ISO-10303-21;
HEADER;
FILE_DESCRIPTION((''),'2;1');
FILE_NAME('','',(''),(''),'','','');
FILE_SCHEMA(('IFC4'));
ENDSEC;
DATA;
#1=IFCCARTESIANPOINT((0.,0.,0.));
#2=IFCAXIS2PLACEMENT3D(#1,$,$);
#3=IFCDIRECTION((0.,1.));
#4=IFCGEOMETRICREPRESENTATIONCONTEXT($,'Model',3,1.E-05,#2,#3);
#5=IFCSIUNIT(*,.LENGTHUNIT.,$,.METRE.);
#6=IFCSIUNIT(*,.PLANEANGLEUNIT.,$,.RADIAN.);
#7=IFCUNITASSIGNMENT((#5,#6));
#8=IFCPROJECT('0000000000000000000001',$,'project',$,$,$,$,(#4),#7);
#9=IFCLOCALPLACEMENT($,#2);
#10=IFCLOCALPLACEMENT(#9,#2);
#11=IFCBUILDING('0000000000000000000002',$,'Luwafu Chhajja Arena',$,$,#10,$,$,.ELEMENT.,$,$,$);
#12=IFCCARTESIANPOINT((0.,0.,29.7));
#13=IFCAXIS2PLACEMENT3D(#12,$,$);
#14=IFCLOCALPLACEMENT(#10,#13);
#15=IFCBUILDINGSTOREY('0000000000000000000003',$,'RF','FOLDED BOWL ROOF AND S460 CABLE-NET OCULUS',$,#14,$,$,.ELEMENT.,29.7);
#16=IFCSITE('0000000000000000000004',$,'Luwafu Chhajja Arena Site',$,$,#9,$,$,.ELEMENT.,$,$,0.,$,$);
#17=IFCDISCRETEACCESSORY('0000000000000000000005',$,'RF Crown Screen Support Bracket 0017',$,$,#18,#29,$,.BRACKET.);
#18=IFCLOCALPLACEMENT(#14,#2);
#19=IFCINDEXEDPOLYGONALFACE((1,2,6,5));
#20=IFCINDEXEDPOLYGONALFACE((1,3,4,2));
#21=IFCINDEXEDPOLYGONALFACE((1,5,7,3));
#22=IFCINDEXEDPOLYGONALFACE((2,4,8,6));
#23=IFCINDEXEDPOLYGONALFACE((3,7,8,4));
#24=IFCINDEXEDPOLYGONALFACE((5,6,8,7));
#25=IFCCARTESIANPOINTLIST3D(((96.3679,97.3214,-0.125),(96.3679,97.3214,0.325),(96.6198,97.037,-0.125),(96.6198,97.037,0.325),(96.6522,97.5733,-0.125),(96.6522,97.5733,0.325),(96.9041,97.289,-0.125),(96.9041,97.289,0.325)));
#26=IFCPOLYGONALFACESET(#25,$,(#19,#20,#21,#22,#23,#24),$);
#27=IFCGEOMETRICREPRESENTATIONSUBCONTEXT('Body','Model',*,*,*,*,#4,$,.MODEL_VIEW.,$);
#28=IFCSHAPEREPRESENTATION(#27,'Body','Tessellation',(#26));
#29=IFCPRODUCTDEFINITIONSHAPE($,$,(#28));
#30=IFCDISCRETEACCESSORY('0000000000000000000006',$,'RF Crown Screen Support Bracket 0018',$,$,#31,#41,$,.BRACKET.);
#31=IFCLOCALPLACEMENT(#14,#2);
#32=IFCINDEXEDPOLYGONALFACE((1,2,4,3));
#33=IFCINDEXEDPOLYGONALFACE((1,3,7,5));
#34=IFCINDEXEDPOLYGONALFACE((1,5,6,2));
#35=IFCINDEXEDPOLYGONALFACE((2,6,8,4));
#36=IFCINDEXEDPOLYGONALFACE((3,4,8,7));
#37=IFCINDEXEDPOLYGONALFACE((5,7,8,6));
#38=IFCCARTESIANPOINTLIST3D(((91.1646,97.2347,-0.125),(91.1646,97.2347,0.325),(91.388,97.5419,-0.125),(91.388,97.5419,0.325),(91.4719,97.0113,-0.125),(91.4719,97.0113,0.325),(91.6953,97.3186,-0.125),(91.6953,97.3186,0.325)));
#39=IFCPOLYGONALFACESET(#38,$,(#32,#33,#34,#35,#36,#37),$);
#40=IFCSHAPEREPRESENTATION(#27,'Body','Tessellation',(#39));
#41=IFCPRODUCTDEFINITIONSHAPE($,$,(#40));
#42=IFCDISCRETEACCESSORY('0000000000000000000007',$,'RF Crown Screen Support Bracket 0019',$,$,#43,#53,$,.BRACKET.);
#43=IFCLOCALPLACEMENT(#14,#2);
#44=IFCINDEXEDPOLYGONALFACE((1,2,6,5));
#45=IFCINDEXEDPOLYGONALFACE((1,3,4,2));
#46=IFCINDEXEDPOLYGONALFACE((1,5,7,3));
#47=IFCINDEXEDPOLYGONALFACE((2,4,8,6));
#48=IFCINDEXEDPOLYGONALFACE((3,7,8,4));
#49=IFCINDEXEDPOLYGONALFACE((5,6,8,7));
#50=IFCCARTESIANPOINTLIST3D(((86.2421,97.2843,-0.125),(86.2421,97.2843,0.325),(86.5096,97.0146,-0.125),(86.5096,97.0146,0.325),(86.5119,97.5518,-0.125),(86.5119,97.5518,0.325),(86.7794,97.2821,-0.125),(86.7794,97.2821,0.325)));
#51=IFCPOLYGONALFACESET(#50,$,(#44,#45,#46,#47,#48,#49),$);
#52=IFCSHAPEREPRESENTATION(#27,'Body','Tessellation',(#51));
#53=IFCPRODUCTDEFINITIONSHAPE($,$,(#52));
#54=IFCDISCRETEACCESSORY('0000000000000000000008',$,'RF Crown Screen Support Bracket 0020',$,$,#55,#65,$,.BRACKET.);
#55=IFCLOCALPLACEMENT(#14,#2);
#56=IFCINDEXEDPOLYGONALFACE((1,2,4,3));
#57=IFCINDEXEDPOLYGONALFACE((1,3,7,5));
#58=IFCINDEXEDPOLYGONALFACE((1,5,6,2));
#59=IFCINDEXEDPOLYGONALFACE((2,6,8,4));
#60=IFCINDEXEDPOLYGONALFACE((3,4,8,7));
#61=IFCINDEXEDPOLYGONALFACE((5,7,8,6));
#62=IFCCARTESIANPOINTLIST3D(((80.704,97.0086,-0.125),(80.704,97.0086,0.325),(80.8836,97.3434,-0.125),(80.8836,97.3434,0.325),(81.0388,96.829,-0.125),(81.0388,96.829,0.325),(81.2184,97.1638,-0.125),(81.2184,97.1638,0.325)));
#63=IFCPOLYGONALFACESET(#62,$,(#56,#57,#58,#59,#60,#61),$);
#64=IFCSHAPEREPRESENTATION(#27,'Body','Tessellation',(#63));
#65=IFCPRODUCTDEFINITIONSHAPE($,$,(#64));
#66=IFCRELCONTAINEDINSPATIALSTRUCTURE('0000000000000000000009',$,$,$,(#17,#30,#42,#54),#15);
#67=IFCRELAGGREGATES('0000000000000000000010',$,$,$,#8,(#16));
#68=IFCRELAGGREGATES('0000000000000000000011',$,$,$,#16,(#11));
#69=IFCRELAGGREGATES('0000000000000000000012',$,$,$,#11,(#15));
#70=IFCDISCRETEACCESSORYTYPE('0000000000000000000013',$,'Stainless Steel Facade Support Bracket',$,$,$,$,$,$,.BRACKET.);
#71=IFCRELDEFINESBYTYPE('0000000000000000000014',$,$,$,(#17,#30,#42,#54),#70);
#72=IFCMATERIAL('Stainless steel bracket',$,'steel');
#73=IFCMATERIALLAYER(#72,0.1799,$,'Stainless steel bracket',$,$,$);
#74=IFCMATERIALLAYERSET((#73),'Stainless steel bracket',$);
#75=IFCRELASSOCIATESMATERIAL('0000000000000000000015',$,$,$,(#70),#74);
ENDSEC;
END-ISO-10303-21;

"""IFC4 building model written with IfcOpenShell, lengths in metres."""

from ifc_helpers import new_model, si_unit, direction, frame, origin, origin_2d, place, context, subcontext, project, spatial, rectangle, extrude, material, layer, layer_set, type_object, element, save


model = new_model("IFC4")

# Units and contexts
model_context = context("Model", 3, precision=1e-05, world=origin(), true_north=direction((0.0, 1.0)))
body_context = subcontext(model_context, "Body", "Model", "MODEL_VIEW")
ifc_project = project(units=[si_unit("LENGTHUNIT", "METRE"), si_unit("PLANEANGLEUNIT", "RADIAN")], contexts=[model_context])

# Site, building, storey
site_placement = place(None, origin())
site = spatial("IfcSite", under=ifc_project, at=site_placement, Name="Luwafu Chhajja Arena Site", CompositionType="ELEMENT", RefElevation=0.0)
building_placement = place(site_placement, origin())
building = spatial("IfcBuilding", under=site, at=building_placement, Name="Luwafu Chhajja Arena", CompositionType="ELEMENT")
storey_placement = place(building_placement, frame((0.0, 0.0, 29.7)))
storey = spatial("IfcBuildingStorey", under=building, at=storey_placement, Name="RF", Description="FOLDED BOWL ROOF AND S460 CABLE-NET OCULUS", CompositionType="ELEMENT", Elevation=29.7)

# Discrete accessories
ifc_material_1 = material(Name="Stainless steel bracket", Category="steel")
ifc_layer_1 = layer(ifc_material_1, 0.1799, Name="Stainless steel bracket")
ifc_layer_set_1 = layer_set([ifc_layer_1], Name="Stainless steel bracket")
discrete_accessory_type = type_object("IfcDiscreteAccessoryType", Name="Stainless Steel Facade Support Bracket", PredefinedType="BRACKET", material=ifc_layer_set_1)
for number, where, z_axis, x_axis, name in (
    (1, (96.636, 97.3052, -0.125), (0.0, 0.0, 1.0), (-0.748442, -0.6632, 0.0), "RF Crown Screen Support Bracket 0017"),
    (2, (91.4299, 97.2766, -0.125), (0.0, 0.0, 1.0), (-0.808839, 0.58803, 0.0), "RF Crown Screen Support Bracket 0018"),
    (3, (86.5107, 97.2832, -0.125), (0.0, 0.0, 1.0), (-0.710109, -0.704092, 0.0), "RF Crown Screen Support Bracket 0019"),
    (4, (80.9612, 97.0862, -0.125), (0.0, 0.0, 1.0), (-0.881201, 0.472742, 0.0), "RF Crown Screen Support Bracket 0020"),
):
    element("IfcDiscreteAccessory", number, at=place(storey_placement, frame(where, z_axis=z_axis, x_axis=x_axis)), inside=storey, type_object=discrete_accessory_type, Name=name, PredefinedType="BRACKET", context=body_context, shape_type="SweptSolid", body=[
        extrude(rectangle(XDim=0.3799, YDim=0.3799, at=origin_2d()), origin(), (0.0, 0.0, 1.0), 0.45),
    ])

save(model, "model.ifc")
